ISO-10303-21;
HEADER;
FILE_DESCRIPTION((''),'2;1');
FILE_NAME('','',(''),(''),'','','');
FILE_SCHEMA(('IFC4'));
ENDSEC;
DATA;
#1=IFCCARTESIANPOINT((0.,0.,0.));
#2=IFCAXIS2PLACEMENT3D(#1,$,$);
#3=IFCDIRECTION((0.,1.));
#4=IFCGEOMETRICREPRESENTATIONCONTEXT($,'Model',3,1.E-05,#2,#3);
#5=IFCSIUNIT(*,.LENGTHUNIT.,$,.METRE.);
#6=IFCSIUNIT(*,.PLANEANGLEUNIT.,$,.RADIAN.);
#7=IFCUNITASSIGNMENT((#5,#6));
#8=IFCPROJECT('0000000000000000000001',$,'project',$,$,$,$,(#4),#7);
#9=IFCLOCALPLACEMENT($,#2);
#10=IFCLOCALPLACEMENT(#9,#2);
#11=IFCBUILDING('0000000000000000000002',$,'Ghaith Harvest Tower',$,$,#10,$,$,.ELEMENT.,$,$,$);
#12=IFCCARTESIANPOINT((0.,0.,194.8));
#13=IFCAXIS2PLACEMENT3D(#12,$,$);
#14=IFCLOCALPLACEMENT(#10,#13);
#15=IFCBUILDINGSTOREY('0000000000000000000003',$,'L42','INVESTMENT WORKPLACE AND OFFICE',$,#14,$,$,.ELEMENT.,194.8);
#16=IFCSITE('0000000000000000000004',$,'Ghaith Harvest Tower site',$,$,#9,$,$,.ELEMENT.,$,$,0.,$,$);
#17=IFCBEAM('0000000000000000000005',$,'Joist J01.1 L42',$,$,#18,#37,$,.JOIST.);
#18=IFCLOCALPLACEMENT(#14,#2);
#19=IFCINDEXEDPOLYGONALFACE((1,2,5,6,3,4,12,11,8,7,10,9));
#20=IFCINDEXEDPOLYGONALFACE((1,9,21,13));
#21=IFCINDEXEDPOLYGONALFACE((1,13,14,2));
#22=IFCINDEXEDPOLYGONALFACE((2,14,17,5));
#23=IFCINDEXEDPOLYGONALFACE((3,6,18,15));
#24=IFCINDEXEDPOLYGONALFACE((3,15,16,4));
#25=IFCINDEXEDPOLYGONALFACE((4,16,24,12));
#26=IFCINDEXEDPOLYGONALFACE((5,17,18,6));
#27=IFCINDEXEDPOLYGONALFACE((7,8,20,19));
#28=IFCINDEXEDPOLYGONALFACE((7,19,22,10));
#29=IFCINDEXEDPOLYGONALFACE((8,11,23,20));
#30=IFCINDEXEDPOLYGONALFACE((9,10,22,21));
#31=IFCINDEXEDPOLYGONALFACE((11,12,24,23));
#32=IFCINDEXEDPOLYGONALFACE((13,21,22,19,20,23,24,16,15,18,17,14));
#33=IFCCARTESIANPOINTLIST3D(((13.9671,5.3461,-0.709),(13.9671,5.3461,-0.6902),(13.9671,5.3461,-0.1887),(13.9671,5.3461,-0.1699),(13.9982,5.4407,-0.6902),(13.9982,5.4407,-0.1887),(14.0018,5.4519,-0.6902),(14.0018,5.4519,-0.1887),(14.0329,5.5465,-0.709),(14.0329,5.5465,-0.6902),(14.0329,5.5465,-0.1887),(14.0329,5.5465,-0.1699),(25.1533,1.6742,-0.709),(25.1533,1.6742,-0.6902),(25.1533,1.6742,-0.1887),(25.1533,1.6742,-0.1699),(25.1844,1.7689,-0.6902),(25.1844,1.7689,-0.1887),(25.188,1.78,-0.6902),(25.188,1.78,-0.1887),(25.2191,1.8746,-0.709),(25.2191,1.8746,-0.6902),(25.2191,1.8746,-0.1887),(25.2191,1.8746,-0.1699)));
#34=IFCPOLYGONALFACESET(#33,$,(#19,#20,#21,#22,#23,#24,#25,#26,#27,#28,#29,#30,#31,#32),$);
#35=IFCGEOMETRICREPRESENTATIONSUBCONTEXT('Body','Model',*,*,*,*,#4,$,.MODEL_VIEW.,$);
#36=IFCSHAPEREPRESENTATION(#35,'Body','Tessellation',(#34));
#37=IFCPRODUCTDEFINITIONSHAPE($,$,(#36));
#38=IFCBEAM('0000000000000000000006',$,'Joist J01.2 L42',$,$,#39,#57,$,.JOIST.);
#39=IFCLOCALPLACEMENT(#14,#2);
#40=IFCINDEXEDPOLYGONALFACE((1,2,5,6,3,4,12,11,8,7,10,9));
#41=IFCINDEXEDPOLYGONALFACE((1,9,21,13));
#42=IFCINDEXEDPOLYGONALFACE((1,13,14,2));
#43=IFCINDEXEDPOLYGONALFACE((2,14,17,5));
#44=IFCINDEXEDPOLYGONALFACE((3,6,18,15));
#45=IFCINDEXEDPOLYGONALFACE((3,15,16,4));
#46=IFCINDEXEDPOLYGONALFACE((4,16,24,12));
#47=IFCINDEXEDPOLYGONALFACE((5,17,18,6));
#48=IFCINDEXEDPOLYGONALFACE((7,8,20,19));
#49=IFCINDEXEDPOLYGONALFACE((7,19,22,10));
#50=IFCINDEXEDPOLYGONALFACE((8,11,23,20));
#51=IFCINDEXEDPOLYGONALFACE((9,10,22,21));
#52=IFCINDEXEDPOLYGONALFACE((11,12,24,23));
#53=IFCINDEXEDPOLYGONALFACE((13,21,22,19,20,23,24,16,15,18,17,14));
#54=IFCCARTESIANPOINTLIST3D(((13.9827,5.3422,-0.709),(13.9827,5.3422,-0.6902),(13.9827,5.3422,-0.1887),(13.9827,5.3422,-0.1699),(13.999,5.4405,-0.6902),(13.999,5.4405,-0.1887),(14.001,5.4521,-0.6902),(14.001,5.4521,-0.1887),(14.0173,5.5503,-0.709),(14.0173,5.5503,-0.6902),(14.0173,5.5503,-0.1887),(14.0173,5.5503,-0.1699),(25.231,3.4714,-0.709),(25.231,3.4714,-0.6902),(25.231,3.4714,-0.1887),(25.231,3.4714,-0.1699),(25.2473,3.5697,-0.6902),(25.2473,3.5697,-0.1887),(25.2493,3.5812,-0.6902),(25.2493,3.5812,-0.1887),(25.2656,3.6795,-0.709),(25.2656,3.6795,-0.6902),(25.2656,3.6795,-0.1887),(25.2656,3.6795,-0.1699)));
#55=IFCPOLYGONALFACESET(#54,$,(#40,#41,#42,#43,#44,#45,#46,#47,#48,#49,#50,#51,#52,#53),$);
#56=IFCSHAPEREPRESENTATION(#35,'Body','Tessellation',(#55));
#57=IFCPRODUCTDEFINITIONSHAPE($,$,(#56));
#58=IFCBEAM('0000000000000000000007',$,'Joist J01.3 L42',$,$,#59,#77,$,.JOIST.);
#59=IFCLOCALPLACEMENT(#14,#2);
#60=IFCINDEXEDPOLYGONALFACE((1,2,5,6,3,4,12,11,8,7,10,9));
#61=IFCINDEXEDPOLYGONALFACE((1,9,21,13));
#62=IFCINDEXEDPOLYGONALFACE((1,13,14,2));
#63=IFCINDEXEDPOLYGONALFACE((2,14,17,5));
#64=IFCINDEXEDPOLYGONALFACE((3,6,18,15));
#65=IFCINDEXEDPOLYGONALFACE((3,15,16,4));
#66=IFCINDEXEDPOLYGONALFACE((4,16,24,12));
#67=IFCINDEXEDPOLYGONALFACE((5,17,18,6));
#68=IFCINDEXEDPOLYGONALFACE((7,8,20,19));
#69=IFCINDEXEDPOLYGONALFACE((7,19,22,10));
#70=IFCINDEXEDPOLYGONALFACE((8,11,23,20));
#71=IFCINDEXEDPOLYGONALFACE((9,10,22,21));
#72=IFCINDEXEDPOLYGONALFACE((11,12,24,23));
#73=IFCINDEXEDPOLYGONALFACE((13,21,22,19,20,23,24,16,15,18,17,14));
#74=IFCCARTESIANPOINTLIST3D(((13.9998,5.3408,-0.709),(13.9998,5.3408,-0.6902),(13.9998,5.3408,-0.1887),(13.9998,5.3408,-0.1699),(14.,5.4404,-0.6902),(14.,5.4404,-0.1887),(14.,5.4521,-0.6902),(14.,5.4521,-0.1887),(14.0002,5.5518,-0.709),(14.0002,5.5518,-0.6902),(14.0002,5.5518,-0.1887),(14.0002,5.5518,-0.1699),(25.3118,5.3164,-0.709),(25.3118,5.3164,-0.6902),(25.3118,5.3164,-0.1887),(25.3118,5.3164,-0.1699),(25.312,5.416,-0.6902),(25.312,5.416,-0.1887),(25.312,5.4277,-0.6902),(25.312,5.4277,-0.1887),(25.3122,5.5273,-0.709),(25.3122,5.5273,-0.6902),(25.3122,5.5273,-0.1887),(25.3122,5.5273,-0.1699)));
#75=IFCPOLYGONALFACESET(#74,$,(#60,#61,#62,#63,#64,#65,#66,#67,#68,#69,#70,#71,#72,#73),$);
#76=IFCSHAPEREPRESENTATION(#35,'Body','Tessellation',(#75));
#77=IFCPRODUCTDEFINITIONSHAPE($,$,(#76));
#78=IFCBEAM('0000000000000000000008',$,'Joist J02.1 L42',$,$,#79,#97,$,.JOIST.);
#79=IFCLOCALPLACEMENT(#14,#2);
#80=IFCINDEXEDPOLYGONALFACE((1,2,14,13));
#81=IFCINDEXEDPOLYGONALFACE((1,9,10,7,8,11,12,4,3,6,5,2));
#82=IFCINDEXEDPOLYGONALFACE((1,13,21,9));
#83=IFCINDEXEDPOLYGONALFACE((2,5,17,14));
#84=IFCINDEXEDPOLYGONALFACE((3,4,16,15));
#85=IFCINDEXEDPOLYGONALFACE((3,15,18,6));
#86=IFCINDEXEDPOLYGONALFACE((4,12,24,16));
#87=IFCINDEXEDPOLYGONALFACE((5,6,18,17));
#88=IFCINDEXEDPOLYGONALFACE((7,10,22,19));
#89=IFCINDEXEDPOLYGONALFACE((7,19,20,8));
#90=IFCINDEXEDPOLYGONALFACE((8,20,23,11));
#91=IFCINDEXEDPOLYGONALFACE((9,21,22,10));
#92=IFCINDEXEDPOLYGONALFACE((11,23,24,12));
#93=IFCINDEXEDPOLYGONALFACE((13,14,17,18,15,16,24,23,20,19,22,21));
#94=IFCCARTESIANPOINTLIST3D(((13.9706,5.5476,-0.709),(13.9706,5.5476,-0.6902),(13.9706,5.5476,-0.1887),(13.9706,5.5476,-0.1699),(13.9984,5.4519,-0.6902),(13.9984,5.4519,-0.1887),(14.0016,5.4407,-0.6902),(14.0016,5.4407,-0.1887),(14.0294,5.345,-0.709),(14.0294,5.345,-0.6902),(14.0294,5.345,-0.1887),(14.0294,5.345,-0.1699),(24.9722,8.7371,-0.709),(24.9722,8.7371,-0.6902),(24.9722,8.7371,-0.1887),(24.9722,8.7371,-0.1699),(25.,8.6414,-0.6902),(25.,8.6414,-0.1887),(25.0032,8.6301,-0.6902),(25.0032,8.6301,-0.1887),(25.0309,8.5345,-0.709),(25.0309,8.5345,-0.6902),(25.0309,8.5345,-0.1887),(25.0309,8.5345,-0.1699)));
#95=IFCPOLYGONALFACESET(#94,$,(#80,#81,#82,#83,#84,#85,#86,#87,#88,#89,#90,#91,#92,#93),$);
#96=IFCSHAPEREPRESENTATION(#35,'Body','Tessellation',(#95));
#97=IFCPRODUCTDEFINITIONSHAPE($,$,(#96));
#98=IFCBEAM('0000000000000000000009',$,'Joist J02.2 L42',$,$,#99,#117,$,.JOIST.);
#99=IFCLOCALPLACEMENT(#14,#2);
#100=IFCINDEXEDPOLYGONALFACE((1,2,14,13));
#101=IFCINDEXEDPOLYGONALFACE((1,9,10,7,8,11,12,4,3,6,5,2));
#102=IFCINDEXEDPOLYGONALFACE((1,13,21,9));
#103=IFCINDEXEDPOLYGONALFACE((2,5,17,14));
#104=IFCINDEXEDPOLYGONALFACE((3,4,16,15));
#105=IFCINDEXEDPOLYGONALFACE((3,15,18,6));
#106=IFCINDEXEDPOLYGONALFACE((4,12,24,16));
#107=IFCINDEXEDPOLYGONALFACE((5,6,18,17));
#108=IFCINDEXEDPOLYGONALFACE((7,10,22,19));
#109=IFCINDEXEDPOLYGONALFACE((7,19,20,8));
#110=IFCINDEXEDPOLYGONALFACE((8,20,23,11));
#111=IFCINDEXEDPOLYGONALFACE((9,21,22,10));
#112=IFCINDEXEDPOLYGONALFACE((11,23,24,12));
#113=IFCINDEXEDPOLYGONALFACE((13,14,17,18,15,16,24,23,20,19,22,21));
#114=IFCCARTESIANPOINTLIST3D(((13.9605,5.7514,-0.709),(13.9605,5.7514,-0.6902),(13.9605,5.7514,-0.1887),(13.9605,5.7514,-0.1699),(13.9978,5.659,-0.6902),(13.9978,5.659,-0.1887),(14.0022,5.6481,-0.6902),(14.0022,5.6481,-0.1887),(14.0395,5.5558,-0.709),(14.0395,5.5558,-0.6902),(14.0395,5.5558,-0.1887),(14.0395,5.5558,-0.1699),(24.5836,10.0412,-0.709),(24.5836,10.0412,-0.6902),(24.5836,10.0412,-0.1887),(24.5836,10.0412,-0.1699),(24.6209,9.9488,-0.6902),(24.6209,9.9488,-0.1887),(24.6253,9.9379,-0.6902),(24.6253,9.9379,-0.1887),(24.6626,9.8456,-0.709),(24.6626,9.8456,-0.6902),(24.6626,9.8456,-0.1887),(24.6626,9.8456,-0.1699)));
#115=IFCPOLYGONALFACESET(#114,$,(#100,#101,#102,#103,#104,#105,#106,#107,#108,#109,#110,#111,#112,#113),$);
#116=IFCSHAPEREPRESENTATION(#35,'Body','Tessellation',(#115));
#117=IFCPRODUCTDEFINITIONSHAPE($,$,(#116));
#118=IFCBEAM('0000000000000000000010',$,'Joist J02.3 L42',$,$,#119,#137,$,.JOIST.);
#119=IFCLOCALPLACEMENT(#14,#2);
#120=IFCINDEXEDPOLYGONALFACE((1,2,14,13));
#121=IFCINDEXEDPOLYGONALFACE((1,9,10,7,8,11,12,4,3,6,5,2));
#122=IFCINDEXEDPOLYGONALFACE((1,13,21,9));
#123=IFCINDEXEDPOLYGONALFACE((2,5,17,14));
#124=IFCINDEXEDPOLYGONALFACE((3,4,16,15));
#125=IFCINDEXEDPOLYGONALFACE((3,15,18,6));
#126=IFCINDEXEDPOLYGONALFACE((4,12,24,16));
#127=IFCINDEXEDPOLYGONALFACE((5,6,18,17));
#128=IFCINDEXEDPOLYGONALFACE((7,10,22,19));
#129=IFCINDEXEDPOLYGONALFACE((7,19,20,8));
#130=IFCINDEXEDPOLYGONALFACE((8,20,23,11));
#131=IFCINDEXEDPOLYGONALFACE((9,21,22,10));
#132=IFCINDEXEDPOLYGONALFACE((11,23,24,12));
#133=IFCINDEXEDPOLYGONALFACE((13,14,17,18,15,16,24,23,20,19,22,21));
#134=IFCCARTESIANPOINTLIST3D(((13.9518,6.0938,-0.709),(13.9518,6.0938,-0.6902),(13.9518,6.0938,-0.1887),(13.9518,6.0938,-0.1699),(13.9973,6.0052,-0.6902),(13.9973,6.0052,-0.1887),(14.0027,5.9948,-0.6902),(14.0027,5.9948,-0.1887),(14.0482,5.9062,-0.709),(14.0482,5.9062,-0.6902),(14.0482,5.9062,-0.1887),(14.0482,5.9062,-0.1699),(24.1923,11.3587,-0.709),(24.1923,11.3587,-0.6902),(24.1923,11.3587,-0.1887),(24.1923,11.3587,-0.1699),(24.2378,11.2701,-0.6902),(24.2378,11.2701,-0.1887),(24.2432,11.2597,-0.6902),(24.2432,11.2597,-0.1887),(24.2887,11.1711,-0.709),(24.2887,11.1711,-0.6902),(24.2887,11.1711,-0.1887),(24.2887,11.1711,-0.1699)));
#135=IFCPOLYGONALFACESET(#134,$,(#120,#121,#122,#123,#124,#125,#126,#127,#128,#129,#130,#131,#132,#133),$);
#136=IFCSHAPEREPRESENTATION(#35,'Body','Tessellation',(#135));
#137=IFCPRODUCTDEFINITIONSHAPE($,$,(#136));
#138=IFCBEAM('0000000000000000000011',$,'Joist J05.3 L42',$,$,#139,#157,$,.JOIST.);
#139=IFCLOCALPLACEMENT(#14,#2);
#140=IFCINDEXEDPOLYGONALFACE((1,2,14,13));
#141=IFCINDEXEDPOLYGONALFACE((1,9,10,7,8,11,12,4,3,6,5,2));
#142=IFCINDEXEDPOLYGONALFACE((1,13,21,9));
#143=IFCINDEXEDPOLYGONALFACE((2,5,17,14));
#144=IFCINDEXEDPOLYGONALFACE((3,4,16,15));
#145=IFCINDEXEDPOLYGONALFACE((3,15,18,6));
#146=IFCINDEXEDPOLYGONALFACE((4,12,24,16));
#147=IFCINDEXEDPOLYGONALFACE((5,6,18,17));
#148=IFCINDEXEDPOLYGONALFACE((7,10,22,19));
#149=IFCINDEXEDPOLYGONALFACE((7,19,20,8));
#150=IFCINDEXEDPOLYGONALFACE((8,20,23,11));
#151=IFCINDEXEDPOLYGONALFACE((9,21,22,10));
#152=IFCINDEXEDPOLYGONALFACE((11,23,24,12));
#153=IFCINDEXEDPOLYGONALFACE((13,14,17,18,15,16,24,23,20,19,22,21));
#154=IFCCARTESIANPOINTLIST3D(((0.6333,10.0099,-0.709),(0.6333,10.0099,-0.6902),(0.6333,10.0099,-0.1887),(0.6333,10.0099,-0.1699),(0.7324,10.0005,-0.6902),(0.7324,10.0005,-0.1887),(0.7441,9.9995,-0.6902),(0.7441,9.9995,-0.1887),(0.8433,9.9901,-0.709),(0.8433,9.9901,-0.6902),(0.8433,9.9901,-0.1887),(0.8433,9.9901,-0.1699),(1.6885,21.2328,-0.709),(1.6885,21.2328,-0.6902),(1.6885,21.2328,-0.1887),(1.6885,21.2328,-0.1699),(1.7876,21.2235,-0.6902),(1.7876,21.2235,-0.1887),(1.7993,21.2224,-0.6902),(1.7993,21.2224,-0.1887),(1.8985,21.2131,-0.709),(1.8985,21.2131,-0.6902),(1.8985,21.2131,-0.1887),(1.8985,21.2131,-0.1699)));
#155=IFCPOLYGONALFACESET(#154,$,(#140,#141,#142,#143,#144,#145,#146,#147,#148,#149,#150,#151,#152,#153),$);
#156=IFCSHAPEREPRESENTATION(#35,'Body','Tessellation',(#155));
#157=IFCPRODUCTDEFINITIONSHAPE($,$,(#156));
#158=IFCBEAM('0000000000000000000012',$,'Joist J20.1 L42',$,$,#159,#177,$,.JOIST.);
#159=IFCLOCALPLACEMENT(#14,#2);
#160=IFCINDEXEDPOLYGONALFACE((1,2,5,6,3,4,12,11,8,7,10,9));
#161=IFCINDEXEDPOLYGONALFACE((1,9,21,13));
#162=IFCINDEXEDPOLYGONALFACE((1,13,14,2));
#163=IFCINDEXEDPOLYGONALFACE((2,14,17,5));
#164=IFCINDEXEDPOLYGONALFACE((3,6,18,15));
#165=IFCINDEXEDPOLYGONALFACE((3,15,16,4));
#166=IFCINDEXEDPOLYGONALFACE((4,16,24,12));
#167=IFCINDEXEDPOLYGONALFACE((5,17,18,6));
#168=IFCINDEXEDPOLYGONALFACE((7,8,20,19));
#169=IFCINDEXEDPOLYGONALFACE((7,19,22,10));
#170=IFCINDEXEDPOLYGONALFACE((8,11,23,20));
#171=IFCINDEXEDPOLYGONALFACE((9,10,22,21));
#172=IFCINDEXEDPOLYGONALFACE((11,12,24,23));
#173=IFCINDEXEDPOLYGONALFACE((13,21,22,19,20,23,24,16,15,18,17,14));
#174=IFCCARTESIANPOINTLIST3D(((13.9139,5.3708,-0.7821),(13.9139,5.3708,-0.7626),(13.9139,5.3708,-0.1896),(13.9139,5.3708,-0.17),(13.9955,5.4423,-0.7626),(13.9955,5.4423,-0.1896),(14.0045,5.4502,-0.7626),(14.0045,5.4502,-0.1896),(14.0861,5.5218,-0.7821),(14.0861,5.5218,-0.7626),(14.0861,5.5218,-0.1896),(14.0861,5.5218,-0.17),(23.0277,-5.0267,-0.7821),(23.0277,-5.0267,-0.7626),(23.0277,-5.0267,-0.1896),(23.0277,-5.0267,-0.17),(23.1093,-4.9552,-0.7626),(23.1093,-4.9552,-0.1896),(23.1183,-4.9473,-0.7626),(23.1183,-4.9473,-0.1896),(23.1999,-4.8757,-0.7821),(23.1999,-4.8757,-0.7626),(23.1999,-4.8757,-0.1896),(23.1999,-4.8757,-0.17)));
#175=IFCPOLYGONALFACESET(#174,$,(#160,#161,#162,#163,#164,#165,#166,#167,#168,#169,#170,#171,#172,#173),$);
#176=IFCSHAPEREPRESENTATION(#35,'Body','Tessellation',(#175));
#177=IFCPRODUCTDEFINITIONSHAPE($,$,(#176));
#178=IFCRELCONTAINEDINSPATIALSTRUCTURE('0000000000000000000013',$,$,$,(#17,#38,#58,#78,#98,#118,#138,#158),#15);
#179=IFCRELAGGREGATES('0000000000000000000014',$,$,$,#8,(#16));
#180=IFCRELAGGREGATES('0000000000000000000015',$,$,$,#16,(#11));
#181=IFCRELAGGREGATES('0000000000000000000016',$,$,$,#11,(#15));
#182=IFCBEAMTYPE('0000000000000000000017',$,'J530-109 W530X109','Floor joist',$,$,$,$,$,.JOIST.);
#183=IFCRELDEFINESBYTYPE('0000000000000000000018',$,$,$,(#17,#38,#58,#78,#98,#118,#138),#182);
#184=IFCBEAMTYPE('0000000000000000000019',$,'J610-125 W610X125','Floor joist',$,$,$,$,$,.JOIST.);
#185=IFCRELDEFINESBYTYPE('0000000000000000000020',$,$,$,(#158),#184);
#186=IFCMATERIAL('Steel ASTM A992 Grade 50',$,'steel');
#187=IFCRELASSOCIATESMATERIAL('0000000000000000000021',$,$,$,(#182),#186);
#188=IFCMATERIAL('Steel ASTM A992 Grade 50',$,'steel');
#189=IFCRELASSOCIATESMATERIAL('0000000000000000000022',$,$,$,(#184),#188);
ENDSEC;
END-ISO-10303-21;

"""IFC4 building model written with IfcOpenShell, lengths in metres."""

from ifc_helpers import new_model, si_unit, direction, frame, origin, origin_2d, place, context, subcontext, project, spatial, i_section, extrude, material, material_profile, profile_set, type_object, element, save


model = new_model("IFC4")

# Units and contexts
model_context = context("Model", 3, precision=1e-05, world=origin(), true_north=direction((0.0, 1.0)))
body_context = subcontext(model_context, "Body", "Model", "MODEL_VIEW")
ifc_project = project(units=[si_unit("LENGTHUNIT", "METRE"), si_unit("PLANEANGLEUNIT", "RADIAN")], contexts=[model_context])

# Site, building, storey
site_placement = place(None, origin())
site = spatial("IfcSite", under=ifc_project, at=site_placement, Name="Ghaith Harvest Tower site", CompositionType="ELEMENT", RefElevation=0.0)
building_placement = place(site_placement, origin())
building = spatial("IfcBuilding", under=site, at=building_placement, Name="Ghaith Harvest Tower", CompositionType="ELEMENT")
storey_placement = place(building_placement, frame((0.0, 0.0, 194.8)))
storey = spatial("IfcBuildingStorey", under=building, at=storey_placement, Name="L42", Description="INVESTMENT WORKPLACE AND OFFICE", CompositionType="ELEMENT", Elevation=194.8)

# Beams
ifc_material_1 = material(Name="Steel ASTM A992 Grade 50", Category="steel")
ifc_material_profile_1 = material_profile(ifc_material_1, i_section(OverallWidth=0.2109, OverallDepth=0.5391, WebThickness=0.0117, FlangeThickness=0.0188, at=origin_2d()), Name="W530X109")
ifc_profile_set_1 = profile_set([ifc_material_profile_1], Name="Steel ASTM A992 Grade 50")
beam_type_1 = type_object("IfcBeamType", Name="J530-109 W530X109", Description="Floor joist", PredefinedType="JOIST", material=ifc_profile_set_1)
beam_1_placement = place(storey_placement, frame((14.0, 5.4463, -0.4395), z_axis=(0.950123, -0.311876, 0.0), x_axis=(0.311876, 0.950123, 0.0)))
element("IfcBeam", 1, at=beam_1_placement, inside=storey, type_object=beam_type_1, Name="Joist J01.1 L42", PredefinedType="JOIST", context=body_context, shape_type="SweptSolid", body=[
    extrude(i_section(OverallWidth=0.2109, OverallDepth=0.5391, WebThickness=0.0117, FlangeThickness=0.0188, at=origin_2d()), origin(), (0.0, 0.0, 1.0), 11.7734),
])
beam_2_placement = place(storey_placement, frame((14.0, 5.4463, -0.4395), z_axis=(0.986449, -0.164069, 0.0), x_axis=(0.164069, 0.986449, 0.0)))
element("IfcBeam", 2, at=beam_2_placement, inside=storey, type_object=beam_type_1, Name="Joist J01.2 L42", PredefinedType="JOIST", context=body_context, shape_type="SweptSolid", body=[
    extrude(i_section(OverallWidth=0.2109, OverallDepth=0.5391, WebThickness=0.0117, FlangeThickness=0.0188, at=origin_2d()), origin(), (0.0, 0.0, 1.0), 11.4028),
])
beam_3_placement = place(storey_placement, frame((14.0, 5.4463, -0.4395), z_axis=(0.999998, -0.002158, 0.0), x_axis=(0.002158, 0.999998, 0.0)))
element("IfcBeam", 3, at=beam_3_placement, inside=storey, type_object=beam_type_1, Name="Joist J01.3 L42", PredefinedType="JOIST", context=body_context, shape_type="SweptSolid", body=[
    extrude(i_section(OverallWidth=0.2109, OverallDepth=0.5391, WebThickness=0.0117, FlangeThickness=0.0188, at=origin_2d()), origin(), (0.0, 0.0, 1.0), 11.312),
])
beam_4_placement = place(storey_placement, frame((14.0, 5.4463, -0.4395), z_axis=(0.960452, 0.278446, 0.0), x_axis=(-0.278446, 0.960452, 0.0)))
element("IfcBeam", 4, at=beam_4_placement, inside=storey, type_object=beam_type_1, Name="Joist J02.1 L42", PredefinedType="JOIST", context=body_context, shape_type="SweptSolid", body=[
    extrude(i_section(OverallWidth=0.2109, OverallDepth=0.5391, WebThickness=0.0117, FlangeThickness=0.0188, at=origin_2d()), origin(), (0.0, 0.0, 1.0), 11.4546),
])
beam_5_placement = place(storey_placement, frame((14.0, 5.6536, -0.4395), z_axis=(0.92725, 0.374442, 0.0), x_axis=(-0.374442, 0.92725, 0.0)))
element("IfcBeam", 5, at=beam_5_placement, inside=storey, type_object=beam_type_1, Name="Joist J02.2 L42", PredefinedType="JOIST", context=body_context, shape_type="SweptSolid", body=[
    extrude(i_section(OverallWidth=0.2109, OverallDepth=0.5391, WebThickness=0.0117, FlangeThickness=0.0188, at=origin_2d()), origin(), (0.0, 0.0, 1.0), 11.4565),
])
beam_6_placement = place(storey_placement, frame((14.0, 6.0, -0.4395), z_axis=(0.889346, 0.457235, 0.0), x_axis=(-0.457235, 0.889346, 0.0)))
element("IfcBeam", 6, at=beam_6_placement, inside=storey, type_object=beam_type_1, Name="Joist J02.3 L42", PredefinedType="JOIST", context=body_context, shape_type="SweptSolid", body=[
    extrude(i_section(OverallWidth=0.2109, OverallDepth=0.5391, WebThickness=0.0117, FlangeThickness=0.0188, at=origin_2d()), origin(), (0.0, 0.0, 1.0), 11.5146),
])
beam_7_placement = place(storey_placement, frame((0.7383, 10.0, -0.4395), z_axis=(0.093607, 0.995609, 0.0), x_axis=(-0.995609, 0.093607, 0.0)))
element("IfcBeam", 7, at=beam_7_placement, inside=storey, type_object=beam_type_1, Name="Joist J05.3 L42", PredefinedType="JOIST", context=body_context, shape_type="SweptSolid", body=[
    extrude(i_section(OverallWidth=0.2109, OverallDepth=0.5391, WebThickness=0.0117, FlangeThickness=0.0188, at=origin_2d()), origin(), (0.0, 0.0, 1.0), 11.2725),
])
ifc_material_2 = material(Name="Steel ASTM A992 Grade 50", Category="steel")
ifc_material_profile_2 = material_profile(ifc_material_2, i_section(OverallWidth=0.229, OverallDepth=0.6121, WebThickness=0.012, FlangeThickness=0.0195, at=origin_2d()), Name="W610X125")
ifc_profile_set_2 = profile_set([ifc_material_profile_2], Name="Steel ASTM A992 Grade 50")
beam_type_2 = type_object("IfcBeamType", Name="J610-125 W610X125", Description="Floor joist", PredefinedType="JOIST", material=ifc_profile_set_2)
beam_8_placement = place(storey_placement, frame((14.0, 5.4463, -0.4761), z_axis=(0.659159, -0.752003, 0.0), x_axis=(0.752003, 0.659159, 0.0)))
element("IfcBeam", 8, at=beam_8_placement, inside=storey, type_object=beam_type_2, Name="Joist J20.1 L42", PredefinedType="JOIST", context=body_context, shape_type="SweptSolid", body=[
    extrude(i_section(OverallWidth=0.229, OverallDepth=0.6121, WebThickness=0.012, FlangeThickness=0.0195, at=origin_2d()), origin(), (0.0, 0.0, 1.0), 13.8264),
])

save(model, "model.ifc")
